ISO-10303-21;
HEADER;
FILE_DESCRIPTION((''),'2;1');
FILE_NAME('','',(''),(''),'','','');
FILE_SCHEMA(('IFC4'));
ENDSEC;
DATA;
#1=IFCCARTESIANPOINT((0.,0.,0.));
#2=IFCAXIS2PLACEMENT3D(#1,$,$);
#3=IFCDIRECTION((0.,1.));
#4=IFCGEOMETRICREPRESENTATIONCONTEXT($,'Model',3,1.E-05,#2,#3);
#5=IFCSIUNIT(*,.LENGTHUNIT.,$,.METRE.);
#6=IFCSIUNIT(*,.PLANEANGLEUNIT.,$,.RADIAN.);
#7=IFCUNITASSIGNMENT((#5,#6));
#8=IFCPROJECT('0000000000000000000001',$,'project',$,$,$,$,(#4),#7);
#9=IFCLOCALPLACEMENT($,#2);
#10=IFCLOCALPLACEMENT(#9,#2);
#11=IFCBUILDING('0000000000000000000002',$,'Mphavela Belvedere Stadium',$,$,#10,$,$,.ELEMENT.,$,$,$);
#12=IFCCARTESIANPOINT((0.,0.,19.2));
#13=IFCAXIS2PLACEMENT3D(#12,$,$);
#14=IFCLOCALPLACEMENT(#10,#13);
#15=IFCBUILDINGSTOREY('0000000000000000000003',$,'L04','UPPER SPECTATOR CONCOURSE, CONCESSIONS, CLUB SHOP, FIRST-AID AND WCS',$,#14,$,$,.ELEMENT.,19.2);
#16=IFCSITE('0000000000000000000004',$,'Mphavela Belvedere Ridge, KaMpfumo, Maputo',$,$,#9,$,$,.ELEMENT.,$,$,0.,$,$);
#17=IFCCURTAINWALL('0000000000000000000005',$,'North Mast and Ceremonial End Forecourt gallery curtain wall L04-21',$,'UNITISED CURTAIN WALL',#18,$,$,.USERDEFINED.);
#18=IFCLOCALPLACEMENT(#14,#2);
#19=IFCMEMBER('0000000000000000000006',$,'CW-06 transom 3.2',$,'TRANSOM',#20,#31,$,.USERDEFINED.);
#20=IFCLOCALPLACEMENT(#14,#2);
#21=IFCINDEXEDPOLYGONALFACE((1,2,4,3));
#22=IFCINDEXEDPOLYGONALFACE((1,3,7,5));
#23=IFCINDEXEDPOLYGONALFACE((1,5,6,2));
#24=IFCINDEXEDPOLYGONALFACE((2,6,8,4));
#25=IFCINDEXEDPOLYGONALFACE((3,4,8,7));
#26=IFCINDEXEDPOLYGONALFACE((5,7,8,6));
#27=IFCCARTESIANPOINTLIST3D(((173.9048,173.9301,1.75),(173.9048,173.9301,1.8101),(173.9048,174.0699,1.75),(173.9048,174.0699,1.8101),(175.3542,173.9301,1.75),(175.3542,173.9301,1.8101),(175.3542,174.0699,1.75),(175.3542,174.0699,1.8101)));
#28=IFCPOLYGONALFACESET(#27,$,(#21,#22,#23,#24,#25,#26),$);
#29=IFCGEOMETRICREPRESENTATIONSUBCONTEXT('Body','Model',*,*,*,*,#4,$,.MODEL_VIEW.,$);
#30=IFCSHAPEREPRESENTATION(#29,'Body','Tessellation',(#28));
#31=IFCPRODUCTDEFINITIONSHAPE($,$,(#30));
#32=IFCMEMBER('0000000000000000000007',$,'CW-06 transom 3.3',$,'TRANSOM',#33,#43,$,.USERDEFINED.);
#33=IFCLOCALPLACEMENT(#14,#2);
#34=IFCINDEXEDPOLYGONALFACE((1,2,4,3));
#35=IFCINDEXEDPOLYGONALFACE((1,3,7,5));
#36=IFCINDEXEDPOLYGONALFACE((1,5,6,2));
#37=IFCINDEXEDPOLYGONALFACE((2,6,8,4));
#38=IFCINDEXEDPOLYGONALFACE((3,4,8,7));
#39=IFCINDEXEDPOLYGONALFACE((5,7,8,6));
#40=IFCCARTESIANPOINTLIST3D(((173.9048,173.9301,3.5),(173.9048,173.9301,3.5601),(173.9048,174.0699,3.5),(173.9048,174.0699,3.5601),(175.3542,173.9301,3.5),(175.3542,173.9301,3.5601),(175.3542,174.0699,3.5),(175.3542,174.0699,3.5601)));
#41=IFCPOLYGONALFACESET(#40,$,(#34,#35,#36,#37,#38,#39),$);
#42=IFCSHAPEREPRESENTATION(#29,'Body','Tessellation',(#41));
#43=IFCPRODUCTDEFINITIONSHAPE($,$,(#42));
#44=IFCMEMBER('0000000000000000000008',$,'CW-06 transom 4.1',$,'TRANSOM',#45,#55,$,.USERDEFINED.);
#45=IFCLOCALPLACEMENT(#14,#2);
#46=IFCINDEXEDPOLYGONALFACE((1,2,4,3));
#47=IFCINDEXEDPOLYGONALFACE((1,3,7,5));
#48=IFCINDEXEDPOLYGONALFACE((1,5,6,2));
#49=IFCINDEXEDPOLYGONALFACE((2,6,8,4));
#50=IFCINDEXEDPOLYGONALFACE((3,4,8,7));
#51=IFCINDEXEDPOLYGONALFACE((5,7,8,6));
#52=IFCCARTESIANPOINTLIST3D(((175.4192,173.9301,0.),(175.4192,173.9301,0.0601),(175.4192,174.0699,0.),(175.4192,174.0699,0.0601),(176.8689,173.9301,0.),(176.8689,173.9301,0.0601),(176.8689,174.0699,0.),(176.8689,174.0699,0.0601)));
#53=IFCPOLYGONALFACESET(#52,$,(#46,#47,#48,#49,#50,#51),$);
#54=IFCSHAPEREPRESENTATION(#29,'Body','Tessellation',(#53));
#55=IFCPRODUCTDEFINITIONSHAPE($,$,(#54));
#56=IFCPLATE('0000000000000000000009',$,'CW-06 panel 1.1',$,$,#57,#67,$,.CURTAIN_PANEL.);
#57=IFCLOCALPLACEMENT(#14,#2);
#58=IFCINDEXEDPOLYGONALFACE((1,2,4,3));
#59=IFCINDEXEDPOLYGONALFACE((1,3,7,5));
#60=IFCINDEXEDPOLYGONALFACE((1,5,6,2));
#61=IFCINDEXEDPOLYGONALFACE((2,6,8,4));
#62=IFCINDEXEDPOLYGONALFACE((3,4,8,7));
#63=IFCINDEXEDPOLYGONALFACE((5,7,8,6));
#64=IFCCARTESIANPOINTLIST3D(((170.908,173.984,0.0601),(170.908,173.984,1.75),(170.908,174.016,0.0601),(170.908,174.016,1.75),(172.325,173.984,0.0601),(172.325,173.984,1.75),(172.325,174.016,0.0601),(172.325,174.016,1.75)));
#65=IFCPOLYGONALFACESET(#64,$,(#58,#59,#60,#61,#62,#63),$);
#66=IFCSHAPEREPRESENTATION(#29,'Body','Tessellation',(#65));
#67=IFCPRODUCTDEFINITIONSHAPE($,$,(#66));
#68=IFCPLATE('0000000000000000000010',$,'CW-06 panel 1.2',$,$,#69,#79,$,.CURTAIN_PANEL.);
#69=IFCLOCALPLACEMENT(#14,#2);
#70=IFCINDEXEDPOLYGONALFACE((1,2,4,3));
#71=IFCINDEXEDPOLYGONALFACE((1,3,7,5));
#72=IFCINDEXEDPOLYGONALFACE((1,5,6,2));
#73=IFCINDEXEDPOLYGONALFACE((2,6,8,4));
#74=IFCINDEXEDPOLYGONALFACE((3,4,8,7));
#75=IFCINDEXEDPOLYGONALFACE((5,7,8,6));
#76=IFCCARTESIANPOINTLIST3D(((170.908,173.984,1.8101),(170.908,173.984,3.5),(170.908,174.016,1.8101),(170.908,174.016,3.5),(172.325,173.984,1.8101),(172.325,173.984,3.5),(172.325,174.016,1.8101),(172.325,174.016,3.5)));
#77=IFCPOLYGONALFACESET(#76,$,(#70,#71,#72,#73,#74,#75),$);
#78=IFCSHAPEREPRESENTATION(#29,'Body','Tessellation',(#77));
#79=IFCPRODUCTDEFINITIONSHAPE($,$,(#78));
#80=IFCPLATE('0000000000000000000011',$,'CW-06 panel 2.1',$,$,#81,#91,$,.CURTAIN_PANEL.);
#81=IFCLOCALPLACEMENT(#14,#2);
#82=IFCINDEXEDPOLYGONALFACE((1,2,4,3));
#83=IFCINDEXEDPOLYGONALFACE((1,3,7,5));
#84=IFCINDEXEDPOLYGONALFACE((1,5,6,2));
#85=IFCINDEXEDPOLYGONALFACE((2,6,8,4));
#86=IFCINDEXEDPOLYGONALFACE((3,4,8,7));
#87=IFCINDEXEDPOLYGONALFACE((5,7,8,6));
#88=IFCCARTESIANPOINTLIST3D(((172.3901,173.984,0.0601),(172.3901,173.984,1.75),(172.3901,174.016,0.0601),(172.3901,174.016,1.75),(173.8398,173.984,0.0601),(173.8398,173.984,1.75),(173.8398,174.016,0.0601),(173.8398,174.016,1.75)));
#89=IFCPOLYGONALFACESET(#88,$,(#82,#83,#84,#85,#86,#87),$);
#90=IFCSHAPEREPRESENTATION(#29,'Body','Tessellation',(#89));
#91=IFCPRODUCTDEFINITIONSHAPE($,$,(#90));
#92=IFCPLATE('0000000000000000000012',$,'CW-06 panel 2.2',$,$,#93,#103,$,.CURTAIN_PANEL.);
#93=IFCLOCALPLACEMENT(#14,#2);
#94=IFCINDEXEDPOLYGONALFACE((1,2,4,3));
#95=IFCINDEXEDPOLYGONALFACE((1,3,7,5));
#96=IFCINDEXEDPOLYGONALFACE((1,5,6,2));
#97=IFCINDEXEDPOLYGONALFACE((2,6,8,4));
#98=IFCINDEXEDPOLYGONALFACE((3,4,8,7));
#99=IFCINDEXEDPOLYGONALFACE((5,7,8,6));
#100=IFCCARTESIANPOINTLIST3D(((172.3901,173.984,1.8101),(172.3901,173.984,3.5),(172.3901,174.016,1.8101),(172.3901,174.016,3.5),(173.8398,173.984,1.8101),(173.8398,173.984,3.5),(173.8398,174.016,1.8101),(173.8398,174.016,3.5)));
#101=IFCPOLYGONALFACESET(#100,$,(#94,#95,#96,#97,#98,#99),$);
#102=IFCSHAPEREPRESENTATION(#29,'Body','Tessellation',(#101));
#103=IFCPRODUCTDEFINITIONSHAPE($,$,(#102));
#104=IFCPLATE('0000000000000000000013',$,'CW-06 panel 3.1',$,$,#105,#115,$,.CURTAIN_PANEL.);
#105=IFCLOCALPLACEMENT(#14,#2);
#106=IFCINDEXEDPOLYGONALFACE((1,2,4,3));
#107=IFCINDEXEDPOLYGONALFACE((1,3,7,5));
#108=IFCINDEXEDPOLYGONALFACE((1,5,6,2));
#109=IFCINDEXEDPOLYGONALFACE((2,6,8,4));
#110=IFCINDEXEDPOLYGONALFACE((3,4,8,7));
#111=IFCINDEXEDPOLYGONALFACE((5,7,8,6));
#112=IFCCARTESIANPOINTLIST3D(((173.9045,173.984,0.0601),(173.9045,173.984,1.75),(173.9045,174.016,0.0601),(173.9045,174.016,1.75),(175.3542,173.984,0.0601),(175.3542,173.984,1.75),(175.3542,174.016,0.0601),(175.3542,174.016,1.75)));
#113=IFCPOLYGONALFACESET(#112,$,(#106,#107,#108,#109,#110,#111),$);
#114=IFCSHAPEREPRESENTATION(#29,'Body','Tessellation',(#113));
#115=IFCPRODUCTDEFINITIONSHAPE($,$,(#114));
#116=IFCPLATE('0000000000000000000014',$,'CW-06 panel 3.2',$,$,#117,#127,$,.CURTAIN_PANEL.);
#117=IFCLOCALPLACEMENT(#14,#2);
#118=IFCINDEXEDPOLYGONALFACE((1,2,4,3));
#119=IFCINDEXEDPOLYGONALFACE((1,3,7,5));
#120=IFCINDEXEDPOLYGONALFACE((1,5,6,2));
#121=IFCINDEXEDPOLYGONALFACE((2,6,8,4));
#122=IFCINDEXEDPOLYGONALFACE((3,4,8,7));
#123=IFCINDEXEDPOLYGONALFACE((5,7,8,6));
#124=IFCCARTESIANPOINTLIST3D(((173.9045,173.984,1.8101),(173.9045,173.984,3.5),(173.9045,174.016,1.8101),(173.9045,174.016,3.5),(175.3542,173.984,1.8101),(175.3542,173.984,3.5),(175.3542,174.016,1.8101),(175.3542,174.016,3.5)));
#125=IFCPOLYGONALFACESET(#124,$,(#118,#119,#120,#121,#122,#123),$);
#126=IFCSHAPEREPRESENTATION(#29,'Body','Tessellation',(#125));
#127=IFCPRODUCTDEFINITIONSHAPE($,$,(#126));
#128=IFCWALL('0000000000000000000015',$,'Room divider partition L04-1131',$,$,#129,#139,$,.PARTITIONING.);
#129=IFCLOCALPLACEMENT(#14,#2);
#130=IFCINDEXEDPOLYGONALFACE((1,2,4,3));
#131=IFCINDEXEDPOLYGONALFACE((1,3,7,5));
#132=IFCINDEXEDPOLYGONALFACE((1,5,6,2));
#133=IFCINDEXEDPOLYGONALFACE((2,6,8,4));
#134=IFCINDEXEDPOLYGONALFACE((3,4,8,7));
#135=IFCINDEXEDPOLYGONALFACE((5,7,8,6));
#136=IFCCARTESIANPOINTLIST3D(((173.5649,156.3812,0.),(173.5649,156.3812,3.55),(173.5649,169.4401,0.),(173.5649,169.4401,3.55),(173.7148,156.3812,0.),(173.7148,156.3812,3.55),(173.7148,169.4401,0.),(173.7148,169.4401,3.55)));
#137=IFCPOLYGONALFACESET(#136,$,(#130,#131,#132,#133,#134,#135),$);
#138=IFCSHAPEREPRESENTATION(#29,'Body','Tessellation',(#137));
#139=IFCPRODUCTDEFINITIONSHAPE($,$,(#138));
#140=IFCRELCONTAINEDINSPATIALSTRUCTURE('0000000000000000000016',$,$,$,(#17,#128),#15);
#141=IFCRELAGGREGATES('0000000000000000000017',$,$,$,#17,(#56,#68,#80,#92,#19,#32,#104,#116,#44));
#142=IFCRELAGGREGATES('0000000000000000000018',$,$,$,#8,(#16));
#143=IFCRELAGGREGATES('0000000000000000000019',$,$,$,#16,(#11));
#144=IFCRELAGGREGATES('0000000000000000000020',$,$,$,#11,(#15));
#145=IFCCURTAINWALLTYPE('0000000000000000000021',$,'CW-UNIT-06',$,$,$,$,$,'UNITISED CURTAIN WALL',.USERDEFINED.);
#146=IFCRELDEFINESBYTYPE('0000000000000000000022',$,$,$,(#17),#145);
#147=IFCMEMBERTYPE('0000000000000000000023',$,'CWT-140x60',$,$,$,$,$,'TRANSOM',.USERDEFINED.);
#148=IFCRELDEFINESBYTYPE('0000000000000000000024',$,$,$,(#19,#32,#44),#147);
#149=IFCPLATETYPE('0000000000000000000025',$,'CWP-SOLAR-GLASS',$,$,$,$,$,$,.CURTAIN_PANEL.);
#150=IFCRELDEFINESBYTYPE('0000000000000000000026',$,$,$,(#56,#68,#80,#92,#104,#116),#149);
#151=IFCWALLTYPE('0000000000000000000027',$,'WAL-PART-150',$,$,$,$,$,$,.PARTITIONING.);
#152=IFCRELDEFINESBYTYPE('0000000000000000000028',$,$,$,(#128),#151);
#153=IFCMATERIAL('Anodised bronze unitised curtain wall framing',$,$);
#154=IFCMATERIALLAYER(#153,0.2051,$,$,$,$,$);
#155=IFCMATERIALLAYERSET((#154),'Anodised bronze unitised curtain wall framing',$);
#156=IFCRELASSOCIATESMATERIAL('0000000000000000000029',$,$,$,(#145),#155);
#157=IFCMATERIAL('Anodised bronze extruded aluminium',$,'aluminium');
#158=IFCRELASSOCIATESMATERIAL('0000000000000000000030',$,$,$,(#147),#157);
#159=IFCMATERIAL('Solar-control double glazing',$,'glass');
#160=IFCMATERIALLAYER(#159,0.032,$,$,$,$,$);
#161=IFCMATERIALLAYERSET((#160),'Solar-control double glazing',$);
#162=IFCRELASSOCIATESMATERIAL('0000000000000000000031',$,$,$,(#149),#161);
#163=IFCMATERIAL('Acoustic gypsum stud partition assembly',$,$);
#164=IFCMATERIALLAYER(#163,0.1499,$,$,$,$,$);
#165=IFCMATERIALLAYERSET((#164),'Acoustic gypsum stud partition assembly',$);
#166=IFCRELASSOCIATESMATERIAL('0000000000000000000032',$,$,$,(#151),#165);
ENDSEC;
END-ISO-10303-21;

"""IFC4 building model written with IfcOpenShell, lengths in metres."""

from ifc_helpers import new_model, si_unit, direction, frame, frame_2d, origin, origin_2d, place, context, subcontext, project, spatial, rectangle, extrude, material, layer, layer_set, material_profile, profile_set, type_object, element, aggregate, save


model = new_model("IFC4")

# Units and contexts
model_context = context("Model", 3, precision=1e-05, world=origin(), true_north=direction((0.0, 1.0)))
body_context = subcontext(model_context, "Body", "Model", "MODEL_VIEW")
ifc_project = project(units=[si_unit("LENGTHUNIT", "METRE"), si_unit("PLANEANGLEUNIT", "RADIAN")], contexts=[model_context])

# Site, building, storey
site_placement = place(None, origin())
site = spatial("IfcSite", under=ifc_project, at=site_placement, Name="Mphavela Belvedere Ridge, KaMpfumo, Maputo", CompositionType="ELEMENT", RefElevation=0.0)
building_placement = place(site_placement, origin())
building = spatial("IfcBuilding", under=site, at=building_placement, Name="Mphavela Belvedere Stadium", CompositionType="ELEMENT")
storey_placement = place(building_placement, frame((0.0, 0.0, 19.2)))
storey = spatial("IfcBuildingStorey", under=building, at=storey_placement, Name="L04", Description="UPPER SPECTATOR CONCOURSE, CONCESSIONS, CLUB SHOP, FIRST-AID AND WCS", CompositionType="ELEMENT", Elevation=19.2)

# Curtain wall, members, plates
ifc_material_1 = material(Name="Anodised bronze unitised curtain wall framing")
ifc_layer_1 = layer(ifc_material_1, 0.2051)
ifc_layer_set_1 = layer_set([ifc_layer_1], Name="Anodised bronze unitised curtain wall framing")
curtain_wall_type = type_object("IfcCurtainWallType", Name="CW-UNIT-06", ElementType="UNITISED CURTAIN WALL", PredefinedType="USERDEFINED", material=ifc_layer_set_1)
curtain_wall_placement = place(storey_placement, origin())
curtain_wall = element("IfcCurtainWall", 1, at=curtain_wall_placement, inside=storey, type_object=curtain_wall_type, Name="North Mast and Ceremonial End Forecourt gallery curtain wall L04-21", ObjectType="UNITISED CURTAIN WALL", PredefinedType="USERDEFINED")
ifc_material_2 = material(Name="Anodised bronze extruded aluminium", Category="aluminium")
ifc_material_profile_1 = material_profile(ifc_material_2, rectangle(XDim=0.1399, YDim=0.0601, at=origin_2d()), Name="CW-TRN 140x60")
ifc_profile_set_1 = profile_set([ifc_material_profile_1], Name="Anodised bronze extruded aluminium")
member_type_1 = type_object("IfcMemberType", Name="CWT-140x60", ElementType="TRANSOM", PredefinedType="USERDEFINED", material=ifc_profile_set_1)
member_1_placement = place(storey_placement, frame((173.9048, 174.0, 1.78), z_axis=(1.0, 0.0, 0.0), x_axis=(0.0, 1.0, 0.0)))
member_1 = element("IfcMember", 2, at=member_1_placement, type_object=member_type_1, Name="CW-06 transom 3.2", ObjectType="TRANSOM", PredefinedType="USERDEFINED", context=body_context, shape_type="SweptSolid", body=[
    extrude(rectangle(XDim=0.1399, YDim=0.0601, at=origin_2d()), origin(), (0.0, 0.0, 1.0), 1.4495),
])
member_2_placement = place(storey_placement, frame((173.9048, 174.0, 3.53), z_axis=(1.0, 0.0, 0.0), x_axis=(0.0, 1.0, 0.0)))
member_2 = element("IfcMember", 3, at=member_2_placement, type_object=member_type_1, Name="CW-06 transom 3.3", ObjectType="TRANSOM", PredefinedType="USERDEFINED", context=body_context, shape_type="SweptSolid", body=[
    extrude(rectangle(XDim=0.1399, YDim=0.0601, at=origin_2d()), origin(), (0.0, 0.0, 1.0), 1.4495),
])
member_3_placement = place(storey_placement, frame((175.4192, 174.0, 0.03), z_axis=(1.0, 0.0, 0.0), x_axis=(0.0, 1.0, 0.0)))
member_3 = element("IfcMember", 4, at=member_3_placement, type_object=member_type_1, Name="CW-06 transom 4.1", ObjectType="TRANSOM", PredefinedType="USERDEFINED", context=body_context, shape_type="SweptSolid", body=[
    extrude(rectangle(XDim=0.1399, YDim=0.0601, at=origin_2d()), origin(), (0.0, 0.0, 1.0), 1.4497),
])
ifc_material_3 = material(Name="Solar-control double glazing", Category="glass")
ifc_layer_2 = layer(ifc_material_3, 0.032)
ifc_layer_set_2 = layer_set([ifc_layer_2], Name="Solar-control double glazing")
plate_type = type_object("IfcPlateType", Name="CWP-SOLAR-GLASS", PredefinedType="CURTAIN_PANEL", material=ifc_layer_set_2)
plate_1_placement = place(storey_placement, frame((171.6165, 174.0, 0.0601), z_axis=(0.0, 0.0, 1.0), x_axis=(1.0, 0.0, 0.0)))
plate_1 = element("IfcPlate", 5, at=plate_1_placement, type_object=plate_type, Name="CW-06 panel 1.1", PredefinedType="CURTAIN_PANEL", context=body_context, shape_type="SweptSolid", body=[
    extrude(rectangle(XDim=1.417, YDim=0.032, at=origin_2d()), origin(), (0.0, 0.0, 1.0), 1.6899),
])
plate_2_placement = place(storey_placement, frame((171.6165, 174.0, 1.8101), z_axis=(0.0, 0.0, 1.0), x_axis=(1.0, 0.0, 0.0)))
plate_2 = element("IfcPlate", 6, at=plate_2_placement, type_object=plate_type, Name="CW-06 panel 1.2", PredefinedType="CURTAIN_PANEL", context=body_context, shape_type="SweptSolid", body=[
    extrude(rectangle(XDim=1.417, YDim=0.032, at=origin_2d()), origin(), (0.0, 0.0, 1.0), 1.6899),
])
plate_3_placement = place(storey_placement, frame((173.115, 174.0, 0.0601), z_axis=(0.0, 0.0, 1.0), x_axis=(1.0, 0.0, 0.0)))
plate_3 = element("IfcPlate", 7, at=plate_3_placement, type_object=plate_type, Name="CW-06 panel 2.1", PredefinedType="CURTAIN_PANEL", context=body_context, shape_type="SweptSolid", body=[
    extrude(rectangle(XDim=1.4497, YDim=0.032, at=origin_2d()), origin(), (0.0, 0.0, 1.0), 1.6899),
])
plate_4_placement = place(storey_placement, frame((173.115, 174.0, 1.8101), z_axis=(0.0, 0.0, 1.0), x_axis=(1.0, 0.0, 0.0)))
plate_4 = element("IfcPlate", 8, at=plate_4_placement, type_object=plate_type, Name="CW-06 panel 2.2", PredefinedType="CURTAIN_PANEL", context=body_context, shape_type="SweptSolid", body=[
    extrude(rectangle(XDim=1.4497, YDim=0.032, at=origin_2d()), origin(), (0.0, 0.0, 1.0), 1.6899),
])
plate_5_placement = place(storey_placement, frame((174.6294, 174.0, 0.0601), z_axis=(0.0, 0.0, 1.0), x_axis=(1.0, 0.0, 0.0)))
plate_5 = element("IfcPlate", 9, at=plate_5_placement, type_object=plate_type, Name="CW-06 panel 3.1", PredefinedType="CURTAIN_PANEL", context=body_context, shape_type="SweptSolid", body=[
    extrude(rectangle(XDim=1.4497, YDim=0.032, at=origin_2d()), origin(), (0.0, 0.0, 1.0), 1.6899),
])
plate_6_placement = place(storey_placement, frame((174.6294, 174.0, 1.8101), z_axis=(0.0, 0.0, 1.0), x_axis=(1.0, 0.0, 0.0)))
plate_6 = element("IfcPlate", 10, at=plate_6_placement, type_object=plate_type, Name="CW-06 panel 3.2", PredefinedType="CURTAIN_PANEL", context=body_context, shape_type="SweptSolid", body=[
    extrude(rectangle(XDim=1.4497, YDim=0.032, at=origin_2d()), origin(), (0.0, 0.0, 1.0), 1.6899),
])
aggregate(curtain_wall, [plate_1, plate_2, plate_3, plate_4, member_1, member_2, plate_5, plate_6, member_3])

# Wall
ifc_material_4 = material(Name="Acoustic gypsum stud partition assembly")
ifc_layer_3 = layer(ifc_material_4, 0.1499)
ifc_layer_set_3 = layer_set([ifc_layer_3], Name="Acoustic gypsum stud partition assembly")
wall_type = type_object("IfcWallType", Name="WAL-PART-150", PredefinedType="PARTITIONING", material=ifc_layer_set_3)
wall_placement = place(storey_placement, frame((173.6399, 169.4399, 0.0), z_axis=(0.0, 0.0, 1.0), x_axis=(0.0, -1.0, 0.0)))
element("IfcWall", 11, at=wall_placement, inside=storey, type_object=wall_type, Name="Room divider partition L04-1131", PredefinedType="PARTITIONING", context=body_context, shape_type="SweptSolid", body=[
    extrude(rectangle(XDim=13.0588, YDim=0.1499, at=frame_2d((6.5293, 0.0))), origin(), (0.0, 0.0, 1.0), 3.55),
])

save(model, "model.ifc")
